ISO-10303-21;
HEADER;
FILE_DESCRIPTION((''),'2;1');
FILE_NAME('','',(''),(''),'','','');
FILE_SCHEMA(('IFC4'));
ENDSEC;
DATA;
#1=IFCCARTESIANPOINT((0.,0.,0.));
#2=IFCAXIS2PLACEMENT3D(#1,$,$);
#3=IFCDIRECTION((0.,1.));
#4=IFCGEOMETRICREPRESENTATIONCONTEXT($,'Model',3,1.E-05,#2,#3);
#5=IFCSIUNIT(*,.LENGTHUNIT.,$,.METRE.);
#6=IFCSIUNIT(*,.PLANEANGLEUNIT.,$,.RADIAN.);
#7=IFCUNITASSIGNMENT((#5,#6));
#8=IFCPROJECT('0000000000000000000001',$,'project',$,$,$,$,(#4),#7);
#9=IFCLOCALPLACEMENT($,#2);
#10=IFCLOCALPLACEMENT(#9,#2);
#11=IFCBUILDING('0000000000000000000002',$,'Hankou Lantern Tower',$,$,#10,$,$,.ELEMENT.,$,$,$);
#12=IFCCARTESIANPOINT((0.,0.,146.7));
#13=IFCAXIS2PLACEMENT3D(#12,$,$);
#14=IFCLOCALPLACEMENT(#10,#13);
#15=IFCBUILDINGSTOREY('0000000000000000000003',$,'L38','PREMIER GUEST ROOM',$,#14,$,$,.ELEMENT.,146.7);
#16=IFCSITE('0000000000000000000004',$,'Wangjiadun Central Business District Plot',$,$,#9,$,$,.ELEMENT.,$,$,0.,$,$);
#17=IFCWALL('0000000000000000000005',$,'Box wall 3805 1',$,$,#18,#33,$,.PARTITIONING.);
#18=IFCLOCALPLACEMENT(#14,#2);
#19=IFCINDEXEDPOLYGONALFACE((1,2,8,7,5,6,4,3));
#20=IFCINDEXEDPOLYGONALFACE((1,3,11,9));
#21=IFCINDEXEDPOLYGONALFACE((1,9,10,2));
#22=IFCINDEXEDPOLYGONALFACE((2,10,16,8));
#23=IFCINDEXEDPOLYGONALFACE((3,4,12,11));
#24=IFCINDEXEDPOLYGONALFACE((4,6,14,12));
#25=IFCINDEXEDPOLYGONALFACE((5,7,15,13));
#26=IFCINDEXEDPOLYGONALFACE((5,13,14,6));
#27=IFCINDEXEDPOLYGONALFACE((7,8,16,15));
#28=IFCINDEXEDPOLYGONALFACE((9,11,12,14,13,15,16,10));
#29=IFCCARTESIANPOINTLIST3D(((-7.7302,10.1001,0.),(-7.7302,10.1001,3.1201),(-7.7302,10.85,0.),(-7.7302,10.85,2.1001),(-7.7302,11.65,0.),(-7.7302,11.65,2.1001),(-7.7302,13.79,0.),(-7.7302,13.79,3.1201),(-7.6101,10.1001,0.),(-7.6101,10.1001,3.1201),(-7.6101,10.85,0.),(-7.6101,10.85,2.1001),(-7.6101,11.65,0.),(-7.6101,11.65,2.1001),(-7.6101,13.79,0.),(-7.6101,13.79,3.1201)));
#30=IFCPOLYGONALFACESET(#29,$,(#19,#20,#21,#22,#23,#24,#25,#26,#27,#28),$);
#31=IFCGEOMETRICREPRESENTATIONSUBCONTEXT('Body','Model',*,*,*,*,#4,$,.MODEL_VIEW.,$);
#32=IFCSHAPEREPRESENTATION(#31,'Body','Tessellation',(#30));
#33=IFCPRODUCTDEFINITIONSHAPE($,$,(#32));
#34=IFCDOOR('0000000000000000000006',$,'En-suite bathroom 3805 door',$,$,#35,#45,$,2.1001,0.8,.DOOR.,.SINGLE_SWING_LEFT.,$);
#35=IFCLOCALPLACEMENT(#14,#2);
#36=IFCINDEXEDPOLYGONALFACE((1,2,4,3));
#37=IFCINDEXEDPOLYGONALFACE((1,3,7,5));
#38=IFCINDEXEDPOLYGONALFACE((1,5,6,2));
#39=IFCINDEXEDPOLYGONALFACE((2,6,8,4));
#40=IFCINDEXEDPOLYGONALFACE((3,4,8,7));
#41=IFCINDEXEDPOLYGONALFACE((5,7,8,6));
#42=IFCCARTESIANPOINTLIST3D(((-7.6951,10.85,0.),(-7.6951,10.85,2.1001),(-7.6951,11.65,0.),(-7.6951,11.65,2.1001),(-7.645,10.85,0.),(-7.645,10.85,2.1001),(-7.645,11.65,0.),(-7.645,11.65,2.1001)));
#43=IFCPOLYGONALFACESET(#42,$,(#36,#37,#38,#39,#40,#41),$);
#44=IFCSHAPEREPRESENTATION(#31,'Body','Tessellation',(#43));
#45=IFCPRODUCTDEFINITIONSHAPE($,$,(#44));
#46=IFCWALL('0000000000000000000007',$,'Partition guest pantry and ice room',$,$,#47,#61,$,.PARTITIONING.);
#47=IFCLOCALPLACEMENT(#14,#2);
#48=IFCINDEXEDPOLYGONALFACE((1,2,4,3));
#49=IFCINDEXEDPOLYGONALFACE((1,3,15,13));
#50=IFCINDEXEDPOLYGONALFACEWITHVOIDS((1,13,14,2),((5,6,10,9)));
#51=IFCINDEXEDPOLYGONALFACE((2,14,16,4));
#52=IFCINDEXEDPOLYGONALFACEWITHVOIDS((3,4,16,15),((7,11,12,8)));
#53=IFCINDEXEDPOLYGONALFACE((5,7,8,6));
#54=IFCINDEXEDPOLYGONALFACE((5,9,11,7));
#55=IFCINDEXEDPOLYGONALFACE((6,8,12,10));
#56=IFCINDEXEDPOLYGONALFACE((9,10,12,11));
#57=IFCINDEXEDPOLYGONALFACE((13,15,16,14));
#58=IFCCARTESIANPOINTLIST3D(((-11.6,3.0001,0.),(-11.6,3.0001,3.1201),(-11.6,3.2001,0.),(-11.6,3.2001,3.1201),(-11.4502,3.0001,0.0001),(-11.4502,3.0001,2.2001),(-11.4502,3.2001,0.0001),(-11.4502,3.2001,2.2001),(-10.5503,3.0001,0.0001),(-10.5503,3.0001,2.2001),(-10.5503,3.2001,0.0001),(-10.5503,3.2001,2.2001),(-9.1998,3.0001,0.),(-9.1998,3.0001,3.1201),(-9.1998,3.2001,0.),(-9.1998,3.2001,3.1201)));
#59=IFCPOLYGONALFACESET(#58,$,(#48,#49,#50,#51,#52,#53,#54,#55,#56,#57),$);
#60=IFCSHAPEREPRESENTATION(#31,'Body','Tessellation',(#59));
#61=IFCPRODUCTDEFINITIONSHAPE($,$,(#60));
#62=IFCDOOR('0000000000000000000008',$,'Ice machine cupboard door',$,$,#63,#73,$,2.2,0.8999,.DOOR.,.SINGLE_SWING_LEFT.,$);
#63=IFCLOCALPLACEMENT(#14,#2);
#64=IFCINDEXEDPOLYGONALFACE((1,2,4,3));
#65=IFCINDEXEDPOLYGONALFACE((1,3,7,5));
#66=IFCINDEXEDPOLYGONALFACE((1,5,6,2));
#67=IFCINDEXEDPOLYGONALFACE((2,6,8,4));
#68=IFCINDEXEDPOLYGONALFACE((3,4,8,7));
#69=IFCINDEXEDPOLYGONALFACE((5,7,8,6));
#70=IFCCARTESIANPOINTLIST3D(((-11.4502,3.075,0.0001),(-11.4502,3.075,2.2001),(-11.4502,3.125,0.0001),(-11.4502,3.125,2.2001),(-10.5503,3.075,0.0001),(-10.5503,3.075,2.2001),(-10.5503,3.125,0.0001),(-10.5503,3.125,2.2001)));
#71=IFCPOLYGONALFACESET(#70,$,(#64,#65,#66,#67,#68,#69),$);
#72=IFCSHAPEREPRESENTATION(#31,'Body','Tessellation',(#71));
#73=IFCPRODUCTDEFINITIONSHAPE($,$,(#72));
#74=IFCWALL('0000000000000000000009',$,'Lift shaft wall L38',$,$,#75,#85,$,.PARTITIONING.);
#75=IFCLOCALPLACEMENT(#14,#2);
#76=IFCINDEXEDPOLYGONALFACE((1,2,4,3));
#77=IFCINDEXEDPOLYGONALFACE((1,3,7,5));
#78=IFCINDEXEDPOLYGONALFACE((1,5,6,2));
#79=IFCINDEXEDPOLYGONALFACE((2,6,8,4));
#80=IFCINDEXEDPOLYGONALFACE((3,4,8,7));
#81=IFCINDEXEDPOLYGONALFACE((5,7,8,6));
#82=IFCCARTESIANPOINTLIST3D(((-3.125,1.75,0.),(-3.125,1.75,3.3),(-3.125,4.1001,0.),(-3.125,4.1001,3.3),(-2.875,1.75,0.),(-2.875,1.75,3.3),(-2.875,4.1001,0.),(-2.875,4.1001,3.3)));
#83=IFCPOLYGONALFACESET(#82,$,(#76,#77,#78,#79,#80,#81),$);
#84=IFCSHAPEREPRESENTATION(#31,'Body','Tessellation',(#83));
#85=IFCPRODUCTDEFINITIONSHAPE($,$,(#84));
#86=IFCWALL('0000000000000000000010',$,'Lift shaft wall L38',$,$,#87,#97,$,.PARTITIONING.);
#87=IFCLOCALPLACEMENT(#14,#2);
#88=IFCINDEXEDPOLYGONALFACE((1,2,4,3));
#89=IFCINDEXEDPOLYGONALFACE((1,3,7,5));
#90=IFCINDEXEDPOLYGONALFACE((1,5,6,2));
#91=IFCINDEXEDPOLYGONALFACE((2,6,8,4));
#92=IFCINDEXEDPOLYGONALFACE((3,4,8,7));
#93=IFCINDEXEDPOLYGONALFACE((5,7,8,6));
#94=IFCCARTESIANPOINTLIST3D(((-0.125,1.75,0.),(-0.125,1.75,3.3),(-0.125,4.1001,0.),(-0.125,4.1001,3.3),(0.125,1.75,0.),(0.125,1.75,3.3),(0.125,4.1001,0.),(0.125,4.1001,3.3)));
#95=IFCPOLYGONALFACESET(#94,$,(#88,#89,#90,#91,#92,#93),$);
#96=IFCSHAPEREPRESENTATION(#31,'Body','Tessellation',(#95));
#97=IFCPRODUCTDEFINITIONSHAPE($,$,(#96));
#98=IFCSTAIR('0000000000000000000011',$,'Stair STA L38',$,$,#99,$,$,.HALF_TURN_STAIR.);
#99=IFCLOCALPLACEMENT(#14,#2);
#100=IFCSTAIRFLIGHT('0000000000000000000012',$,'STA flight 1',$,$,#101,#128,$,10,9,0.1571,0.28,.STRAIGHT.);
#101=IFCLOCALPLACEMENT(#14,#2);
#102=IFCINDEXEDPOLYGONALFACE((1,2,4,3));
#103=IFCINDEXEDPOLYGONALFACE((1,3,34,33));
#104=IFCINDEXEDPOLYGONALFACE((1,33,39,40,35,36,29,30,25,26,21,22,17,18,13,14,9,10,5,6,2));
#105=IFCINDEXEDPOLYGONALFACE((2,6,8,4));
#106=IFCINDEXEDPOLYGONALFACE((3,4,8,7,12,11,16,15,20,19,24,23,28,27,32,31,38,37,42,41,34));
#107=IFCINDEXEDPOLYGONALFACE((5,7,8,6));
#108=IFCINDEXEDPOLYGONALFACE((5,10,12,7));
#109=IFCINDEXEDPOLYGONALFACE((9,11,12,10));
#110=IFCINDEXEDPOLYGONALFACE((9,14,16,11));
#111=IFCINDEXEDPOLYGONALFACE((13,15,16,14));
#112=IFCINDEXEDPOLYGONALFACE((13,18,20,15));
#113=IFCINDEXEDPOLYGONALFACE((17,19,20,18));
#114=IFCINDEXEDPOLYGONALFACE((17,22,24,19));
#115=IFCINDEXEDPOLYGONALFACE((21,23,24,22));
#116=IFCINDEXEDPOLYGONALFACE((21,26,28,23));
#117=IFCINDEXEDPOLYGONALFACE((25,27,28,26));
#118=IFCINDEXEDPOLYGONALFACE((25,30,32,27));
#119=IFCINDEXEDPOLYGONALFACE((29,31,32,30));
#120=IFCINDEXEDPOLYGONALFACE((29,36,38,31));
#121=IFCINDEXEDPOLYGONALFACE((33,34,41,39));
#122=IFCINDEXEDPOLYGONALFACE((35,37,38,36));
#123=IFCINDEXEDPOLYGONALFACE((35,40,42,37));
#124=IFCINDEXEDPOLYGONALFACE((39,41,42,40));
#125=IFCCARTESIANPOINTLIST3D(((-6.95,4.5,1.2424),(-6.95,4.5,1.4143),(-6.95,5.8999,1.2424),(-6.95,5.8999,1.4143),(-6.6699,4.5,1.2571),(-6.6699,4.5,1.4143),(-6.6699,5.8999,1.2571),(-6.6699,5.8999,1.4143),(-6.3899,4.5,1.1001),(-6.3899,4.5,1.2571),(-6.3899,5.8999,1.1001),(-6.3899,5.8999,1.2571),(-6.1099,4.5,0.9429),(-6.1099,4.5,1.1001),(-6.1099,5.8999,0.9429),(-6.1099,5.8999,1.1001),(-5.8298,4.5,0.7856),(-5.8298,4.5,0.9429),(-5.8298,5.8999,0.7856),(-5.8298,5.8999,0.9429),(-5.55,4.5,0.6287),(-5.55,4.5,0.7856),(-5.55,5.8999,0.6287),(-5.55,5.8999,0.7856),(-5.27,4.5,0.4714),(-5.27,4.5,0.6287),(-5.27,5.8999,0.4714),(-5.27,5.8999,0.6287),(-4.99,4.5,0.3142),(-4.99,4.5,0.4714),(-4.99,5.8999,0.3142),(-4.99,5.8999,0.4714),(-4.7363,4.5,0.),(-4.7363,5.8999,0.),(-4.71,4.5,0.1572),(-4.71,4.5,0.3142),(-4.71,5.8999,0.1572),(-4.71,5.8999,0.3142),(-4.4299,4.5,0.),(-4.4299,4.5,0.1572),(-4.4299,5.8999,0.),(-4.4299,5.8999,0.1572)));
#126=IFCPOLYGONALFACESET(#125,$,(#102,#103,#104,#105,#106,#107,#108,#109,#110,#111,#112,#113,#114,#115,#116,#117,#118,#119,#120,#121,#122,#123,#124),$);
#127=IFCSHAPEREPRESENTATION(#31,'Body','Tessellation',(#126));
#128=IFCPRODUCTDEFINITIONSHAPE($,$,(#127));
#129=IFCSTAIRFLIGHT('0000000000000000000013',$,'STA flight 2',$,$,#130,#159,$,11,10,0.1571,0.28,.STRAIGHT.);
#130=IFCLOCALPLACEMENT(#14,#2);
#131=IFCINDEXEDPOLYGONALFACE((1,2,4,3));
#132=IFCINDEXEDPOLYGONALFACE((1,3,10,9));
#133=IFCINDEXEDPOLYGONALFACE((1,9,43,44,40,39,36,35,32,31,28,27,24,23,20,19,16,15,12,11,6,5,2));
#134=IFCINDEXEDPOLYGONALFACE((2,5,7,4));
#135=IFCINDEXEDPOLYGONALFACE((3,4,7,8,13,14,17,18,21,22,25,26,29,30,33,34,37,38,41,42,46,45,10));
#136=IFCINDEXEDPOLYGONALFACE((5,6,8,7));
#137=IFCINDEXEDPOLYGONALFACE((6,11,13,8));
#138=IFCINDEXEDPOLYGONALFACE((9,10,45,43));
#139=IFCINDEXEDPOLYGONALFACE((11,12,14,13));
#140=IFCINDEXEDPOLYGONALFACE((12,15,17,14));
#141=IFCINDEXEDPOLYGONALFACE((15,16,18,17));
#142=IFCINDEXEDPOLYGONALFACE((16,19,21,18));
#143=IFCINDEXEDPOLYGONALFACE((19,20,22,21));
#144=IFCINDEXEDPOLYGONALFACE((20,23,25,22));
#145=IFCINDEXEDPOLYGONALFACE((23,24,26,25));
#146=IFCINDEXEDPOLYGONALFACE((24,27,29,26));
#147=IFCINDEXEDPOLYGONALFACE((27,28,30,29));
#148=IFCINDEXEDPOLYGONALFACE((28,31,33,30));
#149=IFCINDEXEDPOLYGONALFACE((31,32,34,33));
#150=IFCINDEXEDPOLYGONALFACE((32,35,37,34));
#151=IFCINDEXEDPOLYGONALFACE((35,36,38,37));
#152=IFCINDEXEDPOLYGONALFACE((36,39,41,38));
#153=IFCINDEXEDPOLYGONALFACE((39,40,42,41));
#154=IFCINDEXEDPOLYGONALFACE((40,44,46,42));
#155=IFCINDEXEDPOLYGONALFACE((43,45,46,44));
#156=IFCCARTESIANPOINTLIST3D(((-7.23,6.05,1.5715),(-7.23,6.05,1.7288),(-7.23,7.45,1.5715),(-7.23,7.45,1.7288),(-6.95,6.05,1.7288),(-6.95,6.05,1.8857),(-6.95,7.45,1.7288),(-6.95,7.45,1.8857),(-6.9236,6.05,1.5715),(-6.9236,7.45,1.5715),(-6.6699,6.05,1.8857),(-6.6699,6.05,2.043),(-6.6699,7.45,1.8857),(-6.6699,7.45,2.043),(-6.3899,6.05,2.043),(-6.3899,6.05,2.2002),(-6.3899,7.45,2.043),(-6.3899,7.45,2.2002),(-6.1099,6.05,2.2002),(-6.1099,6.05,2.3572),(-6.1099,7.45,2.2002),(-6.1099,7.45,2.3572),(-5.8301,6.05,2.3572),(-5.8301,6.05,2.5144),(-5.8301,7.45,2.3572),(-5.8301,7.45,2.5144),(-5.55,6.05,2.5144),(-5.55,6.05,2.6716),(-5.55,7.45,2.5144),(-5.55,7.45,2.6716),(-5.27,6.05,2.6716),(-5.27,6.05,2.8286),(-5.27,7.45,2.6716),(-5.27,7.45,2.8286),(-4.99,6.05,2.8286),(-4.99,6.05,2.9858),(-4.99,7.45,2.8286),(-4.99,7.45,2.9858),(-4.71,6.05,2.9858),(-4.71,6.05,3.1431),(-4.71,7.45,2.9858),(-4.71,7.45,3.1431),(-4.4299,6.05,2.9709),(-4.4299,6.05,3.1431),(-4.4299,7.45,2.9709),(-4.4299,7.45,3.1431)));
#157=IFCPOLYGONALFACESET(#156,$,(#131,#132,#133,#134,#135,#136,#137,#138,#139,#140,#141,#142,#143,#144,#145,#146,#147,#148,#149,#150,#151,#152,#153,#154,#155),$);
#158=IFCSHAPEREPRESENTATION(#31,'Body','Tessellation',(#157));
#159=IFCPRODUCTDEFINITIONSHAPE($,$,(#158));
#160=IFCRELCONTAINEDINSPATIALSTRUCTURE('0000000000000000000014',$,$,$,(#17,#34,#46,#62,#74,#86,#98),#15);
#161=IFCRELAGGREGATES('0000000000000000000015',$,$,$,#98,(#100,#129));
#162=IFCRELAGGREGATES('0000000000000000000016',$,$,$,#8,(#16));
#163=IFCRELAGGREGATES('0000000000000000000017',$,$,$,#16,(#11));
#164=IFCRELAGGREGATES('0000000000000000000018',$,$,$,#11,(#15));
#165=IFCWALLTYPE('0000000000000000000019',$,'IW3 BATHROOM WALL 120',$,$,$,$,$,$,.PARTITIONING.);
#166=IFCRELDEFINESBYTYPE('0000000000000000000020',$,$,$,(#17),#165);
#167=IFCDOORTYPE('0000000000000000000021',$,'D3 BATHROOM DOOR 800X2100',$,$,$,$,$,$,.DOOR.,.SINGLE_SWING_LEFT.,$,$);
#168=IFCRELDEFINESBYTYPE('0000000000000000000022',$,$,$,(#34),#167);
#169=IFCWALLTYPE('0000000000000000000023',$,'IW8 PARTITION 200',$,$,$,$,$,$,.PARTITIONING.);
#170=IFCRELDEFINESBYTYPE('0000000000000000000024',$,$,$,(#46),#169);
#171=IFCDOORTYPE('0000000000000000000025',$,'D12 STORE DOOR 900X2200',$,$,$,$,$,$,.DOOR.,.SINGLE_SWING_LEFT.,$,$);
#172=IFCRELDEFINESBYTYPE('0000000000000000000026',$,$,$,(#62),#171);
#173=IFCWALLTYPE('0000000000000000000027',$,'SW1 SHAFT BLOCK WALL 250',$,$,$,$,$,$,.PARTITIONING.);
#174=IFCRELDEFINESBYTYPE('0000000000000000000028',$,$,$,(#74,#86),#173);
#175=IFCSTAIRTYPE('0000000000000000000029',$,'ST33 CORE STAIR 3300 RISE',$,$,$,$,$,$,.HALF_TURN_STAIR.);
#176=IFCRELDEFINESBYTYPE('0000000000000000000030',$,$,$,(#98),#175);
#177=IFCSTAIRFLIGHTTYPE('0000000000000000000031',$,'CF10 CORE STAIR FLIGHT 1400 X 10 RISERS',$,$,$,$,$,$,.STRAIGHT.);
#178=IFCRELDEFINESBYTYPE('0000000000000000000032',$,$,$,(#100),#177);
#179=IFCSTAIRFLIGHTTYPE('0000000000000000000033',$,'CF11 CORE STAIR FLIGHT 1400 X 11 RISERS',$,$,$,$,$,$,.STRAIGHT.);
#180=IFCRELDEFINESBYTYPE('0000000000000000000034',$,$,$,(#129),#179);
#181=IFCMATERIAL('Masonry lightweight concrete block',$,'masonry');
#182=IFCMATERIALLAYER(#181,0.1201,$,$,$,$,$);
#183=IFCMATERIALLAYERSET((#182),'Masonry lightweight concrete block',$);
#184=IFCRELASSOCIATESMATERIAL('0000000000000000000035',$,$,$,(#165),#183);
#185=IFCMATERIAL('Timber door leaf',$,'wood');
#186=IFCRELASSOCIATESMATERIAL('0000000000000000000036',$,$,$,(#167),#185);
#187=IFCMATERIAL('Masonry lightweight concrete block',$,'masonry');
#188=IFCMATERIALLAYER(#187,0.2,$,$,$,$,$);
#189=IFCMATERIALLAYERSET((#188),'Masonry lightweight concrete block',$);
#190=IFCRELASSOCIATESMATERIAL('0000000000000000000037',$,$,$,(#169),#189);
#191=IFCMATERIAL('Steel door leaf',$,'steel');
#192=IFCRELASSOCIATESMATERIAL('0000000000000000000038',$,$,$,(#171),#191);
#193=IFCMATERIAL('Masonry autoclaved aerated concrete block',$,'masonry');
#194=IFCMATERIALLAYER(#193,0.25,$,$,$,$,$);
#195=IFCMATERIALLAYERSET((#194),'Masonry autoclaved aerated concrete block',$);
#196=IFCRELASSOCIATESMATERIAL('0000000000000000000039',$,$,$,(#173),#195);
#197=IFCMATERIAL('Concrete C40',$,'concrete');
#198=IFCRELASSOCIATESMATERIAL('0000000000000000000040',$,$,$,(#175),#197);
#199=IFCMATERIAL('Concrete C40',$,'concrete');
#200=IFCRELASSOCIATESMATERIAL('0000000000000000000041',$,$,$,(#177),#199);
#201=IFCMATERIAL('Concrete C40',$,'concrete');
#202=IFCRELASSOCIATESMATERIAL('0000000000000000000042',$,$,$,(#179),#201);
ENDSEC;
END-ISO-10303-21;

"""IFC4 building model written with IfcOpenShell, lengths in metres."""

from ifc_helpers import new_model, si_unit, direction, frame, frame_2d, origin, place, context, subcontext, project, spatial, polyline, rectangle, outline, extrude, material, layer, layer_set, type_object, element, fill, aggregate, save


model = new_model("IFC4")

# Units and contexts
model_context = context("Model", 3, precision=1e-05, world=origin(), true_north=direction((0.0, 1.0)))
body_context = subcontext(model_context, "Body", "Model", "MODEL_VIEW")
ifc_project = project(units=[si_unit("LENGTHUNIT", "METRE"), si_unit("PLANEANGLEUNIT", "RADIAN")], contexts=[model_context])

# Site, building, storey
site_placement = place(None, origin())
site = spatial("IfcSite", under=ifc_project, at=site_placement, Name="Wangjiadun Central Business District Plot", CompositionType="ELEMENT", RefElevation=0.0)
building_placement = place(site_placement, origin())
building = spatial("IfcBuilding", under=site, at=building_placement, Name="Hankou Lantern Tower", CompositionType="ELEMENT")
storey_placement = place(building_placement, frame((0.0, 0.0, 146.7)))
storey = spatial("IfcBuildingStorey", under=building, at=storey_placement, Name="L38", Description="PREMIER GUEST ROOM", CompositionType="ELEMENT", Elevation=146.7)

# Walls, openings, doors
ifc_material_1 = material(Name="Masonry lightweight concrete block", Category="masonry")
ifc_layer_1 = layer(ifc_material_1, 0.1201)
ifc_layer_set_1 = layer_set([ifc_layer_1], Name="Masonry lightweight concrete block")
wall_type_1 = type_object("IfcWallType", Name="IW3 BATHROOM WALL 120", PredefinedType="PARTITIONING", material=ifc_layer_set_1)
wall_1_placement = place(storey_placement, frame((-7.6702, 10.1001, 0.0), z_axis=(0.0, 0.0, 1.0), x_axis=(0.0, 1.0, 0.0)))
wall_1 = element("IfcWall", 1, at=wall_1_placement, inside=storey, type_object=wall_type_1, Name="Box wall 3805 1", PredefinedType="PARTITIONING", context=body_context, shape_type="SweptSolid", body=[
    extrude(rectangle(XDim=3.6899, YDim=0.1201, at=frame_2d((1.845, 0.0))), origin(), (0.0, 0.0, 1.0), 3.1201),
])
opening_1_placement = place(wall_1_placement, frame((0.75, 0.0, 0.0)))
opening_1 = element("IfcOpeningElement", 2, at=opening_1_placement, cuts=wall_1, PredefinedType="OPENING", context=body_context, shape_type="SweptSolid", body=[
    extrude(rectangle(XDim=0.8, YDim=2.1001, at=frame_2d((0.3999, 1.05))), frame((0.0, 0.0701, 0.0), z_axis=(0.0, -1.0, 0.0), x_axis=(1.0, 0.0, 0.0)), (0.0, 0.0, 1.0), 0.1401),
])
ifc_material_2 = material(Name="Timber door leaf", Category="wood")
door_type_1 = type_object("IfcDoorType", Name="D3 BATHROOM DOOR 800X2100", OperationType="SINGLE_SWING_LEFT", PredefinedType="DOOR", material=ifc_material_2)
door_1_placement = place(opening_1_placement, origin())
door_1 = element("IfcDoor", 3, at=door_1_placement, inside=storey, type_object=door_type_1, Name="En-suite bathroom 3805 door", OperationType="SINGLE_SWING_LEFT", OverallHeight=2.1001, OverallWidth=0.8, PredefinedType="DOOR", context=body_context, shape_type="SweptSolid", body=[
    extrude(rectangle(XDim=0.8, YDim=2.1001, at=frame_2d((0.3999, 1.05))), frame((0.0, 0.0249, 0.0), z_axis=(0.0, -1.0, 0.0), x_axis=(1.0, 0.0, 0.0)), (0.0, 0.0, 1.0), 0.05),
])
fill(opening_1, door_1)
ifc_material_3 = material(Name="Masonry lightweight concrete block", Category="masonry")
ifc_layer_2 = layer(ifc_material_3, 0.2)
ifc_layer_set_2 = layer_set([ifc_layer_2], Name="Masonry lightweight concrete block")
wall_type_2 = type_object("IfcWallType", Name="IW8 PARTITION 200", PredefinedType="PARTITIONING", material=ifc_layer_set_2)
wall_2_placement = place(storey_placement, frame((-11.6001, 3.1001, 0.0), z_axis=(0.0, 0.0, 1.0), x_axis=(1.0, 0.0, 0.0)))
wall_2 = element("IfcWall", 4, at=wall_2_placement, inside=storey, type_object=wall_type_2, Name="Partition guest pantry and ice room", PredefinedType="PARTITIONING", context=body_context, shape_type="SweptSolid", body=[
    extrude(rectangle(XDim=2.4001, YDim=0.2, at=frame_2d((1.2002, 0.0))), origin(), (0.0, 0.0, 1.0), 3.1201),
])
opening_2_placement = place(wall_2_placement, frame((0.1499, 0.0, 0.0)))
opening_2 = element("IfcOpeningElement", 5, at=opening_2_placement, cuts=wall_2, PredefinedType="OPENING", context=body_context, shape_type="SweptSolid", body=[
    extrude(rectangle(XDim=0.8999, YDim=2.2, at=frame_2d((0.45, 1.1001))), frame((0.0, 0.1099, 0.0), z_axis=(0.0, -1.0, 0.0), x_axis=(1.0, 0.0, 0.0)), (0.0, 0.0, 1.0), 0.22),
])
ifc_material_4 = material(Name="Steel door leaf", Category="steel")
door_type_2 = type_object("IfcDoorType", Name="D12 STORE DOOR 900X2200", OperationType="SINGLE_SWING_LEFT", PredefinedType="DOOR", material=ifc_material_4)
door_2_placement = place(opening_2_placement, origin())
door_2 = element("IfcDoor", 6, at=door_2_placement, inside=storey, type_object=door_type_2, Name="Ice machine cupboard door", OperationType="SINGLE_SWING_LEFT", OverallHeight=2.2, OverallWidth=0.8999, PredefinedType="DOOR", context=body_context, shape_type="SweptSolid", body=[
    extrude(rectangle(XDim=0.8999, YDim=2.2, at=frame_2d((0.45, 1.1001))), frame((0.0, 0.0249, 0.0), z_axis=(0.0, -1.0, 0.0), x_axis=(1.0, 0.0, 0.0)), (0.0, 0.0, 1.0), 0.05),
])
fill(opening_2, door_2)

# Walls
ifc_material_5 = material(Name="Masonry autoclaved aerated concrete block", Category="masonry")
ifc_layer_3 = layer(ifc_material_5, 0.25)
ifc_layer_set_3 = layer_set([ifc_layer_3], Name="Masonry autoclaved aerated concrete block")
wall_type_3 = type_object("IfcWallType", Name="SW1 SHAFT BLOCK WALL 250", PredefinedType="PARTITIONING", material=ifc_layer_set_3)
for number, where, z_axis, x_axis, name in (
    (7, (-3.0, 1.75, 0.0), (0.0, 0.0, 1.0), (0.0, 1.0, 0.0), "Lift shaft wall L38"),
    (8, (0.0, 1.75, 0.0), (0.0, 0.0, 1.0), (0.0, 1.0, 0.0), "Lift shaft wall L38"),
):
    element("IfcWall", number, at=place(storey_placement, frame(where, z_axis=z_axis, x_axis=x_axis)), inside=storey, type_object=wall_type_3, Name=name, PredefinedType="PARTITIONING", context=body_context, shape_type="SweptSolid", body=[
        extrude(rectangle(XDim=2.3501, YDim=0.25, at=frame_2d((1.175, 0.0))), origin(), (0.0, 0.0, 1.0), 3.3),
    ])

# Stair, stair flights
ifc_material_6 = material(Name="Concrete C40", Category="concrete")
stair_type = type_object("IfcStairType", Name="ST33 CORE STAIR 3300 RISE", PredefinedType="HALF_TURN_STAIR", material=ifc_material_6)
stair_placement = place(storey_placement, origin())
stair = element("IfcStair", 9, at=stair_placement, inside=storey, type_object=stair_type, Name="Stair STA L38", PredefinedType="HALF_TURN_STAIR")
ifc_material_7 = material(Name="Concrete C40", Category="concrete")
stair_flight_type_1 = type_object("IfcStairFlightType", Name="CF10 CORE STAIR FLIGHT 1400 X 10 RISERS", PredefinedType="STRAIGHT", material=ifc_material_7)
stair_flight_1_placement = place(storey_placement, frame((-4.4299, 5.2, 0.0), z_axis=(0.0, 0.0, 1.0), x_axis=(-1.0, 0.0, 0.0)))
stair_flight_1 = element("IfcStairFlight", 10, at=stair_flight_1_placement, type_object=stair_flight_type_1, Name="STA flight 1", NumberOfRisers=10, NumberOfTreads=9, PredefinedType="STRAIGHT", RiserHeight=0.1571, TreadLength=0.28, context=body_context, shape_type="SweptSolid", body=[
    extrude(outline(polyline([(0.0, 0.0), (0.0, 0.1572), (0.28, 0.1572), (0.28, 0.3142), (0.5601, 0.3142), (0.5601, 0.4714), (0.8401, 0.4714), (0.8401, 0.6287), (1.1201, 0.6287), (1.1201, 0.7856), (1.3999, 0.7856), (1.3999, 0.9429), (1.6799, 0.9429), (1.6799, 1.1001), (1.96, 1.1001), (1.96, 1.2571), (2.24, 1.2571), (2.24, 1.4143), (2.52, 1.4143), (2.52, 1.5715), (2.52, 1.2424), (0.3064, 0.0), (0.0, 0.0)])), frame((0.0, 0.7, 0.0), z_axis=(0.0, -1.0, 0.0), x_axis=(1.0, 0.0, 0.0)), (0.0, 0.0, 1.0), 1.3999),
])
ifc_material_8 = material(Name="Concrete C40", Category="concrete")
stair_flight_type_2 = type_object("IfcStairFlightType", Name="CF11 CORE STAIR FLIGHT 1400 X 11 RISERS", PredefinedType="STRAIGHT", material=ifc_material_8)
stair_flight_2_placement = place(storey_placement, frame((-7.23, 6.75, 1.5715), z_axis=(0.0, 0.0, 1.0), x_axis=(1.0, 0.0, 0.0)))
stair_flight_2 = element("IfcStairFlight", 11, at=stair_flight_2_placement, type_object=stair_flight_type_2, Name="STA flight 2", NumberOfRisers=11, NumberOfTreads=10, PredefinedType="STRAIGHT", RiserHeight=0.1571, TreadLength=0.28, context=body_context, shape_type="SweptSolid", body=[
    extrude(outline(polyline([(0.0, 0.0), (0.0, 0.1572), (0.28, 0.1572), (0.28, 0.3142), (0.5601, 0.3142), (0.5601, 0.4714), (0.8401, 0.4714), (0.8401, 0.6287), (1.1201, 0.6287), (1.1201, 0.7856), (1.3999, 0.7856), (1.3999, 0.9429), (1.6799, 0.9429), (1.6799, 1.1001), (1.96, 1.1001), (1.96, 1.2571), (2.24, 1.2571), (2.24, 1.4143), (2.52, 1.4143), (2.52, 1.5715), (2.8, 1.5715), (2.8, 1.7285), (2.8, 1.3994), (0.3064, 0.0), (0.0, 0.0)])), frame((0.0, 0.7, 0.0), z_axis=(0.0, -1.0, 0.0), x_axis=(1.0, 0.0, 0.0)), (0.0, 0.0, 1.0), 1.3999),
])
aggregate(stair, [stair_flight_1, stair_flight_2])

save(model, "model.ifc")
